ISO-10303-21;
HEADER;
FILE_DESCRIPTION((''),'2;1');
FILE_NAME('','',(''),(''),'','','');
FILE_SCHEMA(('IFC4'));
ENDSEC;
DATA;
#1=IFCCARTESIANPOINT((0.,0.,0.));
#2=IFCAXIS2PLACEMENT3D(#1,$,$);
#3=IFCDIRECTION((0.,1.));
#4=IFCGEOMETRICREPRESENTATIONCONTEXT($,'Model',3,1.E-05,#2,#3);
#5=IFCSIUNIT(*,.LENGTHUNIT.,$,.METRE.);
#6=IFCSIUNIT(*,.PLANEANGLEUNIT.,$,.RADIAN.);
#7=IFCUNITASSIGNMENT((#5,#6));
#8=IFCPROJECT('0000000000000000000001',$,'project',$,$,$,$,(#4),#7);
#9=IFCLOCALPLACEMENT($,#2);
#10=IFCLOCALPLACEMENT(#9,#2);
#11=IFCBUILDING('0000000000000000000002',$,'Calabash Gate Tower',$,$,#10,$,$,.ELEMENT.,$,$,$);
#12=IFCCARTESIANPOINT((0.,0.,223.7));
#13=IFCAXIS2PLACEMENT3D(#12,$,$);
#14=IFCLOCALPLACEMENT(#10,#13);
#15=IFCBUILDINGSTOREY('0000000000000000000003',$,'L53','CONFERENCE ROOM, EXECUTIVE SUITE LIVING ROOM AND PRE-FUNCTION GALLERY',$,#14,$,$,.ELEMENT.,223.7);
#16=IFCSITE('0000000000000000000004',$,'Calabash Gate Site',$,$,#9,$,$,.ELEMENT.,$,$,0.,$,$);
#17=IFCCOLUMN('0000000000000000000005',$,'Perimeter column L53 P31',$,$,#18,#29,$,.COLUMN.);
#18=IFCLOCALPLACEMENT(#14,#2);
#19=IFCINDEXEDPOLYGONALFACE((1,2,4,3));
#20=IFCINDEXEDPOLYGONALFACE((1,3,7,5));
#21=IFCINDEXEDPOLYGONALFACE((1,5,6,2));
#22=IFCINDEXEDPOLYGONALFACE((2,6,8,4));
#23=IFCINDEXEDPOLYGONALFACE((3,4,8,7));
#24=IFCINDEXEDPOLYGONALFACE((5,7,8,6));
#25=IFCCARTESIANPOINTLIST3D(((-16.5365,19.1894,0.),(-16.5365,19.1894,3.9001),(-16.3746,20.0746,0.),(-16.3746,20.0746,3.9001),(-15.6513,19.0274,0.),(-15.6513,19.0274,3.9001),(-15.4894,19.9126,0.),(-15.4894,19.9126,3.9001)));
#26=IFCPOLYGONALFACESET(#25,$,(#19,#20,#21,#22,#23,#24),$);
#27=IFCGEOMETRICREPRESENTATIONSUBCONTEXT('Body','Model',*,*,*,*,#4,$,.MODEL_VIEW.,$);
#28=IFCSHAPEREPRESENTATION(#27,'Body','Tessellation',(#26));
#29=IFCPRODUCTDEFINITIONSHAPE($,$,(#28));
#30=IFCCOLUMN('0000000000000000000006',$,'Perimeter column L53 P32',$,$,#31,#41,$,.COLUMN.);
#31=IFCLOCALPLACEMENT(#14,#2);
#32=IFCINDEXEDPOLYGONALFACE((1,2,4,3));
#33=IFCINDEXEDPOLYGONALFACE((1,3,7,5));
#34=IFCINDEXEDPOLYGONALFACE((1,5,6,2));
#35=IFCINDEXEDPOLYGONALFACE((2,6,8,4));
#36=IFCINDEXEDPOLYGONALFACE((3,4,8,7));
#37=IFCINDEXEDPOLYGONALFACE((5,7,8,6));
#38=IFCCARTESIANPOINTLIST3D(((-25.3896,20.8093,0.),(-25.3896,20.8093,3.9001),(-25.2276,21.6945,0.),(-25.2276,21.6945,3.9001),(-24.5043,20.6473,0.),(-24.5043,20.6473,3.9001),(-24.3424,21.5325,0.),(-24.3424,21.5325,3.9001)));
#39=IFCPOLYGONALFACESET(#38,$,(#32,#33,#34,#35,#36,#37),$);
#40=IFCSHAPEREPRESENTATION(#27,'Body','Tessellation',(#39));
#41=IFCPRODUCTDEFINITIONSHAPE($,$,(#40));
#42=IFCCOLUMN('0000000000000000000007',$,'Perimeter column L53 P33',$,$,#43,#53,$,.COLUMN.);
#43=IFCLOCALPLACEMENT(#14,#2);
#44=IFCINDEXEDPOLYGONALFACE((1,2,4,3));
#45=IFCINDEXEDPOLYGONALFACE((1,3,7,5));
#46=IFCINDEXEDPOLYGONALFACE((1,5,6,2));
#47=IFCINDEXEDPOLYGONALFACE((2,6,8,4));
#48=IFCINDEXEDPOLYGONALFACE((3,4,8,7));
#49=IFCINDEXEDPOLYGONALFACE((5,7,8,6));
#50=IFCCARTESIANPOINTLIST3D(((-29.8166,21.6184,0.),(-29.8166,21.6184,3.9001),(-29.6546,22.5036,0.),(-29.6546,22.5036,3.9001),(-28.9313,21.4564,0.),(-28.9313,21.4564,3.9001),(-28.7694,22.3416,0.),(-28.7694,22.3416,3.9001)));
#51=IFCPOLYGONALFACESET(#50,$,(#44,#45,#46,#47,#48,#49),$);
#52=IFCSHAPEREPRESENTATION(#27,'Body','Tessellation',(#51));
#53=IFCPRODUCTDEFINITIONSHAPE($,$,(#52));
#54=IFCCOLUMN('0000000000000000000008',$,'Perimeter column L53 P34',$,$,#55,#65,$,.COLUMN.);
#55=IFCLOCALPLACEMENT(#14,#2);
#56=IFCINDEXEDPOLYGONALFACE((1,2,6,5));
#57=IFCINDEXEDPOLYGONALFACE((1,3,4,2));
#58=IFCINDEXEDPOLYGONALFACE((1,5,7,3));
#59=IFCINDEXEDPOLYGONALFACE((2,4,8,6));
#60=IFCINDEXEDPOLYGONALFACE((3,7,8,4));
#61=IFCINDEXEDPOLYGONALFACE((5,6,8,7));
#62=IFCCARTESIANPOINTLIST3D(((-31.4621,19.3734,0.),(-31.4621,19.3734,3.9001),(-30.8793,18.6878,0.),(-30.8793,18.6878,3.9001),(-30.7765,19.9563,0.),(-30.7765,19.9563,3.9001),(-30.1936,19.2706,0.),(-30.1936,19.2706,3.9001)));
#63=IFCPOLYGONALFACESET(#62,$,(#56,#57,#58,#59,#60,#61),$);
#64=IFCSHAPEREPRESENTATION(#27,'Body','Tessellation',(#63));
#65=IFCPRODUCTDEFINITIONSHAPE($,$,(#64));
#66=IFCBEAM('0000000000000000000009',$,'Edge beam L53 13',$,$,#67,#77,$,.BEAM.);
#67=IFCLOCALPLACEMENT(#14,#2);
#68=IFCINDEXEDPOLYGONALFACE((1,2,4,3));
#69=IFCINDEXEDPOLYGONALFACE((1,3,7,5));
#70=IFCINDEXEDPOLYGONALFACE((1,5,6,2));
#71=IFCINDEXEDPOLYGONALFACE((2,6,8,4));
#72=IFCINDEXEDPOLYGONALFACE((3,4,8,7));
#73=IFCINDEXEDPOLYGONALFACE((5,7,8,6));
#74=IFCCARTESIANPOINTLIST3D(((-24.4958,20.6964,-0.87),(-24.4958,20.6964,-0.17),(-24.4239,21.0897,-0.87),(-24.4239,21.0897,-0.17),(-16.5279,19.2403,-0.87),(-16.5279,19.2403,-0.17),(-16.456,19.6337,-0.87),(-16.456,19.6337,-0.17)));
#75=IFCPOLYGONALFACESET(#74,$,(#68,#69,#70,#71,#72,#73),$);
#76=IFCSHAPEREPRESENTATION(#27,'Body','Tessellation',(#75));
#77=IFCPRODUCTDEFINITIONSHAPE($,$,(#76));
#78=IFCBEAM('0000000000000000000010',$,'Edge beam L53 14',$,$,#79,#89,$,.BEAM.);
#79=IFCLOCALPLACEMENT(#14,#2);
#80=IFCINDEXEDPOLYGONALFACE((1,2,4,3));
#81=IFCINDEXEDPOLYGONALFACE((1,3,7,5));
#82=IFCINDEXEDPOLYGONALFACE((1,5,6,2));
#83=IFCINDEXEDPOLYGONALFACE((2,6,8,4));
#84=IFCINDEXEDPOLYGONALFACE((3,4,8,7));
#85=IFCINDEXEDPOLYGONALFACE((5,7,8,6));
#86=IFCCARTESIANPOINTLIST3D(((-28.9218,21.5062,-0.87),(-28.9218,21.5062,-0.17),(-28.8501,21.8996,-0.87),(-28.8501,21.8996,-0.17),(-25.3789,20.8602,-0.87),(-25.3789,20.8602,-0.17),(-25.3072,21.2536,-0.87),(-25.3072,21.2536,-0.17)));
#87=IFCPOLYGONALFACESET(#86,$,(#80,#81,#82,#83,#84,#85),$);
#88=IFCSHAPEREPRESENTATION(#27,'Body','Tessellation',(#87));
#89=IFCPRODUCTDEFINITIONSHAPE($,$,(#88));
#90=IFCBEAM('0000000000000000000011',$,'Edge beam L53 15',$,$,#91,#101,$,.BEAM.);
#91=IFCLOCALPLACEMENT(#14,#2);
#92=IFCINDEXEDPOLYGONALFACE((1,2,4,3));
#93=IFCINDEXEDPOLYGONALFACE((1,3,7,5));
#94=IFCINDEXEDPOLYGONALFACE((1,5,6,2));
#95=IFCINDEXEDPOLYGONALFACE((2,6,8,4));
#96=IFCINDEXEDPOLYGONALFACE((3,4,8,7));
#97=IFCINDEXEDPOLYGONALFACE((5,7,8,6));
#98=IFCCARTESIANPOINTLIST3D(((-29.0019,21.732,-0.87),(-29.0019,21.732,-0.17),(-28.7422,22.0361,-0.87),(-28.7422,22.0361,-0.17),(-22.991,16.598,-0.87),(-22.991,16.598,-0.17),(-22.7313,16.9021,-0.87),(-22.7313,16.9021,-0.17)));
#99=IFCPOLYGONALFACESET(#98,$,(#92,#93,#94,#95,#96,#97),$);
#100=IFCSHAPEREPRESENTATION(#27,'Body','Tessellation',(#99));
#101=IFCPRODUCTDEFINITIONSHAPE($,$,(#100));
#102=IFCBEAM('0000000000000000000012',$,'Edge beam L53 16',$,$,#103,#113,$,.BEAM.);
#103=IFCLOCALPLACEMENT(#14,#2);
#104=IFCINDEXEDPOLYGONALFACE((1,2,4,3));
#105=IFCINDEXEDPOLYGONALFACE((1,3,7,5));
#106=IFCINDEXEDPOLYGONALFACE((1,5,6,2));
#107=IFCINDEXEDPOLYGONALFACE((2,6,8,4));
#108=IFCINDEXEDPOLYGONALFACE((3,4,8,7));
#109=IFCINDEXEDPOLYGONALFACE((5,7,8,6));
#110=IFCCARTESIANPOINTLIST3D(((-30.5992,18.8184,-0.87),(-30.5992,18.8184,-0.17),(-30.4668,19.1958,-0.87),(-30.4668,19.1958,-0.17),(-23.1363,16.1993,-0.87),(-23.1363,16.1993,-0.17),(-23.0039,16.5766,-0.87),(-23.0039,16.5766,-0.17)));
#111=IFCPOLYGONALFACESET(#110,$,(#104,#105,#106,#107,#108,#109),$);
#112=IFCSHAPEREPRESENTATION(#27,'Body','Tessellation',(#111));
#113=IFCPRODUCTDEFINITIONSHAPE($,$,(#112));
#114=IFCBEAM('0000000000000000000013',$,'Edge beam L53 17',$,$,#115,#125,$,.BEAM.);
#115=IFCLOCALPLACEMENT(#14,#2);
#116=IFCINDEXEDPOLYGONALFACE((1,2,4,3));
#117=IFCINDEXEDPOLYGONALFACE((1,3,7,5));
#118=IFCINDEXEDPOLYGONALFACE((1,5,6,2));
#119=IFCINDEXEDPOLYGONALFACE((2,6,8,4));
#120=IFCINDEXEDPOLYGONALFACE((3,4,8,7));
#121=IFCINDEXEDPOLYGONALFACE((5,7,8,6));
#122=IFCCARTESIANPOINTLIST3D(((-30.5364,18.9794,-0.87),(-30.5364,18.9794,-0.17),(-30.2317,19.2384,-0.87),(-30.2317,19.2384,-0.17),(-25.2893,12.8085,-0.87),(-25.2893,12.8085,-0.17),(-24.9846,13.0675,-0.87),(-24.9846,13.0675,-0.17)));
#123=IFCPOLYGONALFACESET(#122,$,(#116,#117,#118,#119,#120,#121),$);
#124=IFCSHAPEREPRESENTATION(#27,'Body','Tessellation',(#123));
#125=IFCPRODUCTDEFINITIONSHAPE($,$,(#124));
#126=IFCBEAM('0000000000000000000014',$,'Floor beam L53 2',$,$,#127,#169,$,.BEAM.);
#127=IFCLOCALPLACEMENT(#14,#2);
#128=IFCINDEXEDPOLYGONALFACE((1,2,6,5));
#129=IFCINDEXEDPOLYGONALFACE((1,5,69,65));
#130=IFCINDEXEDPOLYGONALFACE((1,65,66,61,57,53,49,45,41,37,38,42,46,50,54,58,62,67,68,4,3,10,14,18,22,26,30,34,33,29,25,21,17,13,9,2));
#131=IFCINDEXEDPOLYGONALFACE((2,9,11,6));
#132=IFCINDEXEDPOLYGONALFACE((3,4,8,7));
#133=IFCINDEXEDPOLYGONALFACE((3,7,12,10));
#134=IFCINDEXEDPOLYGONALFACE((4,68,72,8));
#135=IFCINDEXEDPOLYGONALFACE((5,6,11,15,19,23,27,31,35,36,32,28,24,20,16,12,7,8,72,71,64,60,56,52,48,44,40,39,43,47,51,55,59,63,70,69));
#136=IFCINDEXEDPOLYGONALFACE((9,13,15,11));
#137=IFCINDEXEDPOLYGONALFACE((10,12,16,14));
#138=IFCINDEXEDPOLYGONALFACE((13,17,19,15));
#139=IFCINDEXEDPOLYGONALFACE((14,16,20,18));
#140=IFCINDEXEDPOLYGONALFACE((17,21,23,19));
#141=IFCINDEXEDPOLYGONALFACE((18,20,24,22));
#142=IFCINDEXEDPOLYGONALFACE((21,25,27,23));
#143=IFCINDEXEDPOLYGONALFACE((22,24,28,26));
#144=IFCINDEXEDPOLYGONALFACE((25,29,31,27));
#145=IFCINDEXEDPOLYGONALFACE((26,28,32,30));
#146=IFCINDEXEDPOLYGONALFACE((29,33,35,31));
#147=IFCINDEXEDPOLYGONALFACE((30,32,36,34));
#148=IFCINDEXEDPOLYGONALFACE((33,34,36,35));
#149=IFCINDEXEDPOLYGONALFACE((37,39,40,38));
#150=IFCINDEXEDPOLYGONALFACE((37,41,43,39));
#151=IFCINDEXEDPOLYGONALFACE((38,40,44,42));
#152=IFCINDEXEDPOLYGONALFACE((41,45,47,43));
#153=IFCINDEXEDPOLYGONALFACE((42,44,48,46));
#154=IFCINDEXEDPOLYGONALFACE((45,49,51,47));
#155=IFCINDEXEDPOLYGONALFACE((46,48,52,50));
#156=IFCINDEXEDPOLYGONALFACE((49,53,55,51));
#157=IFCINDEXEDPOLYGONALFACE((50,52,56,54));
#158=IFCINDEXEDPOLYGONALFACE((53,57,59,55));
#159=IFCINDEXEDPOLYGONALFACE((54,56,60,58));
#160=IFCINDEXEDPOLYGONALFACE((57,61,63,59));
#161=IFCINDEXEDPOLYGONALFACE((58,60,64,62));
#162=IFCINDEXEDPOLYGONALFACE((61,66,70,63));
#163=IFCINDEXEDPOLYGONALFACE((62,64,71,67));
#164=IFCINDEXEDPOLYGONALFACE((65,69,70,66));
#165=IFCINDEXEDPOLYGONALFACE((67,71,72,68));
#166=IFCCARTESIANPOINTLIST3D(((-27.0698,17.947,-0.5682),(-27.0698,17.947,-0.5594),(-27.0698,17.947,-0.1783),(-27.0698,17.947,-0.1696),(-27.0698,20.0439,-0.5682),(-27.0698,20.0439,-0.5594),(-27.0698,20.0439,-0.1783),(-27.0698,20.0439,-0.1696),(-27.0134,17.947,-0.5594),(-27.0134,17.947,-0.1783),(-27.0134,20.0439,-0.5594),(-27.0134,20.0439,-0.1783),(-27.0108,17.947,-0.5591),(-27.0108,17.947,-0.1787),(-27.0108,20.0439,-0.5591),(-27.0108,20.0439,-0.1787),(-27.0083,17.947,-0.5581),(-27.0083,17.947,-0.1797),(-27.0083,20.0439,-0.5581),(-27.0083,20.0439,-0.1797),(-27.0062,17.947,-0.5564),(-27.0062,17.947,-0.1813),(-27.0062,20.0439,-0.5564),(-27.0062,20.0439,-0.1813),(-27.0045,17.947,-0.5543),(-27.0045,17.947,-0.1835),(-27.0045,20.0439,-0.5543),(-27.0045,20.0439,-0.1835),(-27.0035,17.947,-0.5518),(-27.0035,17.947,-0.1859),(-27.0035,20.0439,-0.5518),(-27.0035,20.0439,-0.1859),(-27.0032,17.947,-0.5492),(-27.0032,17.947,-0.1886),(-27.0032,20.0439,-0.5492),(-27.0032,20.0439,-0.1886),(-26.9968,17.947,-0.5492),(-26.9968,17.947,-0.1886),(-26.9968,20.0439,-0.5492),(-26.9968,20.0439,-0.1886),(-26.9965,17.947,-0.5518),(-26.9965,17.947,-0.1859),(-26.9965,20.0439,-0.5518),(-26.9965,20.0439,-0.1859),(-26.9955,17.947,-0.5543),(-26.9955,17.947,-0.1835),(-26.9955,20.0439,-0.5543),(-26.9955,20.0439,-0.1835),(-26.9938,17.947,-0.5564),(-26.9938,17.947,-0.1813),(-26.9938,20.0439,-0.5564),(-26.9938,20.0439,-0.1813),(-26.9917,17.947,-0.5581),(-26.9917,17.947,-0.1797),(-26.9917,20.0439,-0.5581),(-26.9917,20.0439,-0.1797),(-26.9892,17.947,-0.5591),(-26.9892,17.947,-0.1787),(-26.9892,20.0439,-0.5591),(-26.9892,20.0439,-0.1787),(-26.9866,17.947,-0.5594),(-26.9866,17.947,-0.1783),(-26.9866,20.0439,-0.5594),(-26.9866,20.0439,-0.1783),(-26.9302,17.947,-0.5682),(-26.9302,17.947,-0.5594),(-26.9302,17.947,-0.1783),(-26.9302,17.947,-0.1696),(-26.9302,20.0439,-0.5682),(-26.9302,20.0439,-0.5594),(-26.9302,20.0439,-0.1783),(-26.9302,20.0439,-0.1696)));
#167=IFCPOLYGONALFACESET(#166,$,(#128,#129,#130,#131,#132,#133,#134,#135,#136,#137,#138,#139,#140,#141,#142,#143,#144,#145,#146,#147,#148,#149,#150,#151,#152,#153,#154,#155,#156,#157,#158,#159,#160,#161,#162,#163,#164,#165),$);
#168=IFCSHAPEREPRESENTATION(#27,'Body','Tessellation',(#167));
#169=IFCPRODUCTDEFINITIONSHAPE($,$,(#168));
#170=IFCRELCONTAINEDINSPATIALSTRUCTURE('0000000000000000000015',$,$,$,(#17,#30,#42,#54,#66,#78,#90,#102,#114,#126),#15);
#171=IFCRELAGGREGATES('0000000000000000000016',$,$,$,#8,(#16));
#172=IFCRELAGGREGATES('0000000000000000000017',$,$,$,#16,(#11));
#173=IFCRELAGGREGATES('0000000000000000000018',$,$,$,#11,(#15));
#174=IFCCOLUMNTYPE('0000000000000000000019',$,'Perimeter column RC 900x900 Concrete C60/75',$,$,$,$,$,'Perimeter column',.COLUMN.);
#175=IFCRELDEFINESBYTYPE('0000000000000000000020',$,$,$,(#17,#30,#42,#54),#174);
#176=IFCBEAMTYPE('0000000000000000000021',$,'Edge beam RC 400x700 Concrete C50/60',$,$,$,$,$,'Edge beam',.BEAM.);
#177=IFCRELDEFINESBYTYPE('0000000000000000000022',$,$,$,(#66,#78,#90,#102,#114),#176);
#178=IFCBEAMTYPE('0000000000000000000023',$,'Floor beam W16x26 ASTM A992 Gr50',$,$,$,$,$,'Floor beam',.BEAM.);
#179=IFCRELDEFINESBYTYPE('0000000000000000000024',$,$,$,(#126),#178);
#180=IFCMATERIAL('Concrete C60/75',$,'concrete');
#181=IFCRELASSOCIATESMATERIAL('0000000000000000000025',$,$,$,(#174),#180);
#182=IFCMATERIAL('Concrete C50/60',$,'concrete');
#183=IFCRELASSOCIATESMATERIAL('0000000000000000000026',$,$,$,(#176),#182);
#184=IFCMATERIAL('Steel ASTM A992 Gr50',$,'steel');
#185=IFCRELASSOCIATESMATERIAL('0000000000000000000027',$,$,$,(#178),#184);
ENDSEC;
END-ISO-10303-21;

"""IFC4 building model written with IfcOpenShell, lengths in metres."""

from ifc_helpers import new_model, si_unit, direction, frame, origin, origin_2d, place, context, subcontext, project, spatial, rectangle, i_section, extrude, material, material_profile, profile_set, type_object, element, save


model = new_model("IFC4")

# Units and contexts
model_context = context("Model", 3, precision=1e-05, world=origin(), true_north=direction((0.0, 1.0)))
body_context = subcontext(model_context, "Body", "Model", "MODEL_VIEW")
ifc_project = project(units=[si_unit("LENGTHUNIT", "METRE"), si_unit("PLANEANGLEUNIT", "RADIAN")], contexts=[model_context])

# Site, building, storey
site_placement = place(None, origin())
site = spatial("IfcSite", under=ifc_project, at=site_placement, Name="Calabash Gate Site", CompositionType="ELEMENT", RefElevation=0.0)
building_placement = place(site_placement, origin())
building = spatial("IfcBuilding", under=site, at=building_placement, Name="Calabash Gate Tower", CompositionType="ELEMENT")
storey_placement = place(building_placement, frame((0.0, 0.0, 223.7)))
storey = spatial("IfcBuildingStorey", under=building, at=storey_placement, Name="L53", Description="CONFERENCE ROOM, EXECUTIVE SUITE LIVING ROOM AND PRE-FUNCTION GALLERY", CompositionType="ELEMENT", Elevation=223.7)

# Columns
ifc_material_1 = material(Name="Concrete C60/75", Category="concrete")
ifc_material_profile_1 = material_profile(ifc_material_1, rectangle(XDim=0.8999, YDim=0.8999, at=origin_2d()))
ifc_profile_set_1 = profile_set([ifc_material_profile_1], Name="Concrete C60/75")
column_type = type_object("IfcColumnType", Name="Perimeter column RC 900x900 Concrete C60/75", ElementType="Perimeter column", PredefinedType="COLUMN", material=ifc_profile_set_1)
for number, where, z_axis, x_axis, name in (
    (1, (-16.0129, 19.551, 0.0), (0.0, 0.0, 1.0), (-0.98367, 0.179982, 0.0), "Perimeter column L53 P31"),
    (2, (-24.866, 21.1709, 0.0), (0.0, 0.0, 1.0), (-0.98367, 0.179982, 0.0), "Perimeter column L53 P32"),
    (3, (-29.293, 21.98, 0.0), (0.0, 0.0, 1.0), (-0.98367, 0.179982, 0.0), "Perimeter column L53 P33"),
    (4, (-30.8279, 19.322, 0.0), (0.0, 0.0, 1.0), (0.647704, -0.761892, 0.0), "Perimeter column L53 P34"),
):
    element("IfcColumn", number, at=place(storey_placement, frame(where, z_axis=z_axis, x_axis=x_axis)), inside=storey, type_object=column_type, Name=name, PredefinedType="COLUMN", context=body_context, shape_type="SweptSolid", body=[
        extrude(rectangle(XDim=0.8999, YDim=0.8999, at=origin_2d()), origin(), (0.0, 0.0, 1.0), 3.9001),
    ])

# Beams
ifc_material_2 = material(Name="Concrete C50/60", Category="concrete")
ifc_material_profile_2 = material_profile(ifc_material_2, rectangle(XDim=0.3999, YDim=0.7, at=origin_2d()))
ifc_profile_set_2 = profile_set([ifc_material_profile_2], Name="Concrete C50/60")
beam_type_1 = type_object("IfcBeamType", Name="Edge beam RC 400x700 Concrete C50/60", ElementType="Edge beam", PredefinedType="BEAM", material=ifc_profile_set_2)
beam_1_placement = place(storey_placement, frame((-16.4919, 19.437, -0.52), z_axis=(-0.98371, 0.179761, 0.0), x_axis=(-0.179761, -0.98371, 0.0)))
element("IfcBeam", 5, at=beam_1_placement, inside=storey, type_object=beam_type_1, Name="Edge beam L53 13", PredefinedType="BEAM", context=body_context, shape_type="SweptSolid", body=[
    extrude(rectangle(XDim=0.3999, YDim=0.7, at=origin_2d()), origin(), (0.0, 0.0, 1.0), 8.0999),
])
beam_2_placement = place(storey_placement, frame((-25.343, 21.0569, -0.52), z_axis=(-0.983781, 0.179375, 0.0), x_axis=(-0.179375, -0.983781, 0.0)))
element("IfcBeam", 6, at=beam_2_placement, inside=storey, type_object=beam_type_1, Name="Edge beam L53 14", PredefinedType="BEAM", context=body_context, shape_type="SweptSolid", body=[
    extrude(rectangle(XDim=0.3999, YDim=0.7, at=origin_2d()), origin(), (0.0, 0.0, 1.0), 3.6013),
])
beam_3_placement = place(storey_placement, frame((-28.8721, 21.884, -0.52), z_axis=(0.760396, -0.64946, 0.0), x_axis=(0.64946, 0.760396, 0.0)))
element("IfcBeam", 7, at=beam_3_placement, inside=storey, type_object=beam_type_1, Name="Edge beam L53 15", PredefinedType="BEAM", context=body_context, shape_type="SweptSolid", body=[
    extrude(rectangle(XDim=0.3999, YDim=0.7, at=origin_2d()), origin(), (0.0, 0.0, 1.0), 7.905),
])
beam_4_placement = place(storey_placement, frame((-23.0701, 16.3879, -0.52), z_axis=(-0.943577, 0.331153, 0.0), x_axis=(-0.331153, -0.943577, 0.0)))
element("IfcBeam", 8, at=beam_4_placement, inside=storey, type_object=beam_type_1, Name="Edge beam L53 16", PredefinedType="BEAM", context=body_context, shape_type="SweptSolid", body=[
    extrude(rectangle(XDim=0.3999, YDim=0.7, at=origin_2d()), origin(), (0.0, 0.0, 1.0), 7.9092),
])
beam_5_placement = place(storey_placement, frame((-30.384, 19.1089, -0.52), z_axis=(0.647778, -0.761829, 0.0), x_axis=(0.761829, 0.647778, 0.0)))
element("IfcBeam", 9, at=beam_5_placement, inside=storey, type_object=beam_type_1, Name="Edge beam L53 17", PredefinedType="BEAM", context=body_context, shape_type="SweptSolid", body=[
    extrude(rectangle(XDim=0.3999, YDim=0.7, at=origin_2d()), origin(), (0.0, 0.0, 1.0), 8.1001),
])
ifc_material_3 = material(Name="Steel ASTM A992 Gr50", Category="steel")
ifc_material_profile_3 = material_profile(ifc_material_3, i_section(OverallWidth=0.1396, OverallDepth=0.3987, WebThickness=0.0063, FlangeThickness=0.0088, FilletRadius=0.0103, at=origin_2d()))
ifc_profile_set_3 = profile_set([ifc_material_profile_3], Name="Steel ASTM A992 Gr50")
beam_type_2 = type_object("IfcBeamType", Name="Floor beam W16x26 ASTM A992 Gr50", ElementType="Floor beam", PredefinedType="BEAM", material=ifc_profile_set_3)
beam_6_placement = place(storey_placement, frame((-27.0, 17.947, -0.3689), z_axis=(0.0, 1.0, 0.0), x_axis=(-1.0, 0.0, 0.0)))
element("IfcBeam", 10, at=beam_6_placement, inside=storey, type_object=beam_type_2, Name="Floor beam L53 2", PredefinedType="BEAM", context=body_context, shape_type="SweptSolid", body=[
    extrude(i_section(OverallWidth=0.1396, OverallDepth=0.3987, WebThickness=0.0063, FlangeThickness=0.0088, FilletRadius=0.0103, at=origin_2d()), origin(), (0.0, 0.0, 1.0), 2.0969),
])

save(model, "model.ifc")
